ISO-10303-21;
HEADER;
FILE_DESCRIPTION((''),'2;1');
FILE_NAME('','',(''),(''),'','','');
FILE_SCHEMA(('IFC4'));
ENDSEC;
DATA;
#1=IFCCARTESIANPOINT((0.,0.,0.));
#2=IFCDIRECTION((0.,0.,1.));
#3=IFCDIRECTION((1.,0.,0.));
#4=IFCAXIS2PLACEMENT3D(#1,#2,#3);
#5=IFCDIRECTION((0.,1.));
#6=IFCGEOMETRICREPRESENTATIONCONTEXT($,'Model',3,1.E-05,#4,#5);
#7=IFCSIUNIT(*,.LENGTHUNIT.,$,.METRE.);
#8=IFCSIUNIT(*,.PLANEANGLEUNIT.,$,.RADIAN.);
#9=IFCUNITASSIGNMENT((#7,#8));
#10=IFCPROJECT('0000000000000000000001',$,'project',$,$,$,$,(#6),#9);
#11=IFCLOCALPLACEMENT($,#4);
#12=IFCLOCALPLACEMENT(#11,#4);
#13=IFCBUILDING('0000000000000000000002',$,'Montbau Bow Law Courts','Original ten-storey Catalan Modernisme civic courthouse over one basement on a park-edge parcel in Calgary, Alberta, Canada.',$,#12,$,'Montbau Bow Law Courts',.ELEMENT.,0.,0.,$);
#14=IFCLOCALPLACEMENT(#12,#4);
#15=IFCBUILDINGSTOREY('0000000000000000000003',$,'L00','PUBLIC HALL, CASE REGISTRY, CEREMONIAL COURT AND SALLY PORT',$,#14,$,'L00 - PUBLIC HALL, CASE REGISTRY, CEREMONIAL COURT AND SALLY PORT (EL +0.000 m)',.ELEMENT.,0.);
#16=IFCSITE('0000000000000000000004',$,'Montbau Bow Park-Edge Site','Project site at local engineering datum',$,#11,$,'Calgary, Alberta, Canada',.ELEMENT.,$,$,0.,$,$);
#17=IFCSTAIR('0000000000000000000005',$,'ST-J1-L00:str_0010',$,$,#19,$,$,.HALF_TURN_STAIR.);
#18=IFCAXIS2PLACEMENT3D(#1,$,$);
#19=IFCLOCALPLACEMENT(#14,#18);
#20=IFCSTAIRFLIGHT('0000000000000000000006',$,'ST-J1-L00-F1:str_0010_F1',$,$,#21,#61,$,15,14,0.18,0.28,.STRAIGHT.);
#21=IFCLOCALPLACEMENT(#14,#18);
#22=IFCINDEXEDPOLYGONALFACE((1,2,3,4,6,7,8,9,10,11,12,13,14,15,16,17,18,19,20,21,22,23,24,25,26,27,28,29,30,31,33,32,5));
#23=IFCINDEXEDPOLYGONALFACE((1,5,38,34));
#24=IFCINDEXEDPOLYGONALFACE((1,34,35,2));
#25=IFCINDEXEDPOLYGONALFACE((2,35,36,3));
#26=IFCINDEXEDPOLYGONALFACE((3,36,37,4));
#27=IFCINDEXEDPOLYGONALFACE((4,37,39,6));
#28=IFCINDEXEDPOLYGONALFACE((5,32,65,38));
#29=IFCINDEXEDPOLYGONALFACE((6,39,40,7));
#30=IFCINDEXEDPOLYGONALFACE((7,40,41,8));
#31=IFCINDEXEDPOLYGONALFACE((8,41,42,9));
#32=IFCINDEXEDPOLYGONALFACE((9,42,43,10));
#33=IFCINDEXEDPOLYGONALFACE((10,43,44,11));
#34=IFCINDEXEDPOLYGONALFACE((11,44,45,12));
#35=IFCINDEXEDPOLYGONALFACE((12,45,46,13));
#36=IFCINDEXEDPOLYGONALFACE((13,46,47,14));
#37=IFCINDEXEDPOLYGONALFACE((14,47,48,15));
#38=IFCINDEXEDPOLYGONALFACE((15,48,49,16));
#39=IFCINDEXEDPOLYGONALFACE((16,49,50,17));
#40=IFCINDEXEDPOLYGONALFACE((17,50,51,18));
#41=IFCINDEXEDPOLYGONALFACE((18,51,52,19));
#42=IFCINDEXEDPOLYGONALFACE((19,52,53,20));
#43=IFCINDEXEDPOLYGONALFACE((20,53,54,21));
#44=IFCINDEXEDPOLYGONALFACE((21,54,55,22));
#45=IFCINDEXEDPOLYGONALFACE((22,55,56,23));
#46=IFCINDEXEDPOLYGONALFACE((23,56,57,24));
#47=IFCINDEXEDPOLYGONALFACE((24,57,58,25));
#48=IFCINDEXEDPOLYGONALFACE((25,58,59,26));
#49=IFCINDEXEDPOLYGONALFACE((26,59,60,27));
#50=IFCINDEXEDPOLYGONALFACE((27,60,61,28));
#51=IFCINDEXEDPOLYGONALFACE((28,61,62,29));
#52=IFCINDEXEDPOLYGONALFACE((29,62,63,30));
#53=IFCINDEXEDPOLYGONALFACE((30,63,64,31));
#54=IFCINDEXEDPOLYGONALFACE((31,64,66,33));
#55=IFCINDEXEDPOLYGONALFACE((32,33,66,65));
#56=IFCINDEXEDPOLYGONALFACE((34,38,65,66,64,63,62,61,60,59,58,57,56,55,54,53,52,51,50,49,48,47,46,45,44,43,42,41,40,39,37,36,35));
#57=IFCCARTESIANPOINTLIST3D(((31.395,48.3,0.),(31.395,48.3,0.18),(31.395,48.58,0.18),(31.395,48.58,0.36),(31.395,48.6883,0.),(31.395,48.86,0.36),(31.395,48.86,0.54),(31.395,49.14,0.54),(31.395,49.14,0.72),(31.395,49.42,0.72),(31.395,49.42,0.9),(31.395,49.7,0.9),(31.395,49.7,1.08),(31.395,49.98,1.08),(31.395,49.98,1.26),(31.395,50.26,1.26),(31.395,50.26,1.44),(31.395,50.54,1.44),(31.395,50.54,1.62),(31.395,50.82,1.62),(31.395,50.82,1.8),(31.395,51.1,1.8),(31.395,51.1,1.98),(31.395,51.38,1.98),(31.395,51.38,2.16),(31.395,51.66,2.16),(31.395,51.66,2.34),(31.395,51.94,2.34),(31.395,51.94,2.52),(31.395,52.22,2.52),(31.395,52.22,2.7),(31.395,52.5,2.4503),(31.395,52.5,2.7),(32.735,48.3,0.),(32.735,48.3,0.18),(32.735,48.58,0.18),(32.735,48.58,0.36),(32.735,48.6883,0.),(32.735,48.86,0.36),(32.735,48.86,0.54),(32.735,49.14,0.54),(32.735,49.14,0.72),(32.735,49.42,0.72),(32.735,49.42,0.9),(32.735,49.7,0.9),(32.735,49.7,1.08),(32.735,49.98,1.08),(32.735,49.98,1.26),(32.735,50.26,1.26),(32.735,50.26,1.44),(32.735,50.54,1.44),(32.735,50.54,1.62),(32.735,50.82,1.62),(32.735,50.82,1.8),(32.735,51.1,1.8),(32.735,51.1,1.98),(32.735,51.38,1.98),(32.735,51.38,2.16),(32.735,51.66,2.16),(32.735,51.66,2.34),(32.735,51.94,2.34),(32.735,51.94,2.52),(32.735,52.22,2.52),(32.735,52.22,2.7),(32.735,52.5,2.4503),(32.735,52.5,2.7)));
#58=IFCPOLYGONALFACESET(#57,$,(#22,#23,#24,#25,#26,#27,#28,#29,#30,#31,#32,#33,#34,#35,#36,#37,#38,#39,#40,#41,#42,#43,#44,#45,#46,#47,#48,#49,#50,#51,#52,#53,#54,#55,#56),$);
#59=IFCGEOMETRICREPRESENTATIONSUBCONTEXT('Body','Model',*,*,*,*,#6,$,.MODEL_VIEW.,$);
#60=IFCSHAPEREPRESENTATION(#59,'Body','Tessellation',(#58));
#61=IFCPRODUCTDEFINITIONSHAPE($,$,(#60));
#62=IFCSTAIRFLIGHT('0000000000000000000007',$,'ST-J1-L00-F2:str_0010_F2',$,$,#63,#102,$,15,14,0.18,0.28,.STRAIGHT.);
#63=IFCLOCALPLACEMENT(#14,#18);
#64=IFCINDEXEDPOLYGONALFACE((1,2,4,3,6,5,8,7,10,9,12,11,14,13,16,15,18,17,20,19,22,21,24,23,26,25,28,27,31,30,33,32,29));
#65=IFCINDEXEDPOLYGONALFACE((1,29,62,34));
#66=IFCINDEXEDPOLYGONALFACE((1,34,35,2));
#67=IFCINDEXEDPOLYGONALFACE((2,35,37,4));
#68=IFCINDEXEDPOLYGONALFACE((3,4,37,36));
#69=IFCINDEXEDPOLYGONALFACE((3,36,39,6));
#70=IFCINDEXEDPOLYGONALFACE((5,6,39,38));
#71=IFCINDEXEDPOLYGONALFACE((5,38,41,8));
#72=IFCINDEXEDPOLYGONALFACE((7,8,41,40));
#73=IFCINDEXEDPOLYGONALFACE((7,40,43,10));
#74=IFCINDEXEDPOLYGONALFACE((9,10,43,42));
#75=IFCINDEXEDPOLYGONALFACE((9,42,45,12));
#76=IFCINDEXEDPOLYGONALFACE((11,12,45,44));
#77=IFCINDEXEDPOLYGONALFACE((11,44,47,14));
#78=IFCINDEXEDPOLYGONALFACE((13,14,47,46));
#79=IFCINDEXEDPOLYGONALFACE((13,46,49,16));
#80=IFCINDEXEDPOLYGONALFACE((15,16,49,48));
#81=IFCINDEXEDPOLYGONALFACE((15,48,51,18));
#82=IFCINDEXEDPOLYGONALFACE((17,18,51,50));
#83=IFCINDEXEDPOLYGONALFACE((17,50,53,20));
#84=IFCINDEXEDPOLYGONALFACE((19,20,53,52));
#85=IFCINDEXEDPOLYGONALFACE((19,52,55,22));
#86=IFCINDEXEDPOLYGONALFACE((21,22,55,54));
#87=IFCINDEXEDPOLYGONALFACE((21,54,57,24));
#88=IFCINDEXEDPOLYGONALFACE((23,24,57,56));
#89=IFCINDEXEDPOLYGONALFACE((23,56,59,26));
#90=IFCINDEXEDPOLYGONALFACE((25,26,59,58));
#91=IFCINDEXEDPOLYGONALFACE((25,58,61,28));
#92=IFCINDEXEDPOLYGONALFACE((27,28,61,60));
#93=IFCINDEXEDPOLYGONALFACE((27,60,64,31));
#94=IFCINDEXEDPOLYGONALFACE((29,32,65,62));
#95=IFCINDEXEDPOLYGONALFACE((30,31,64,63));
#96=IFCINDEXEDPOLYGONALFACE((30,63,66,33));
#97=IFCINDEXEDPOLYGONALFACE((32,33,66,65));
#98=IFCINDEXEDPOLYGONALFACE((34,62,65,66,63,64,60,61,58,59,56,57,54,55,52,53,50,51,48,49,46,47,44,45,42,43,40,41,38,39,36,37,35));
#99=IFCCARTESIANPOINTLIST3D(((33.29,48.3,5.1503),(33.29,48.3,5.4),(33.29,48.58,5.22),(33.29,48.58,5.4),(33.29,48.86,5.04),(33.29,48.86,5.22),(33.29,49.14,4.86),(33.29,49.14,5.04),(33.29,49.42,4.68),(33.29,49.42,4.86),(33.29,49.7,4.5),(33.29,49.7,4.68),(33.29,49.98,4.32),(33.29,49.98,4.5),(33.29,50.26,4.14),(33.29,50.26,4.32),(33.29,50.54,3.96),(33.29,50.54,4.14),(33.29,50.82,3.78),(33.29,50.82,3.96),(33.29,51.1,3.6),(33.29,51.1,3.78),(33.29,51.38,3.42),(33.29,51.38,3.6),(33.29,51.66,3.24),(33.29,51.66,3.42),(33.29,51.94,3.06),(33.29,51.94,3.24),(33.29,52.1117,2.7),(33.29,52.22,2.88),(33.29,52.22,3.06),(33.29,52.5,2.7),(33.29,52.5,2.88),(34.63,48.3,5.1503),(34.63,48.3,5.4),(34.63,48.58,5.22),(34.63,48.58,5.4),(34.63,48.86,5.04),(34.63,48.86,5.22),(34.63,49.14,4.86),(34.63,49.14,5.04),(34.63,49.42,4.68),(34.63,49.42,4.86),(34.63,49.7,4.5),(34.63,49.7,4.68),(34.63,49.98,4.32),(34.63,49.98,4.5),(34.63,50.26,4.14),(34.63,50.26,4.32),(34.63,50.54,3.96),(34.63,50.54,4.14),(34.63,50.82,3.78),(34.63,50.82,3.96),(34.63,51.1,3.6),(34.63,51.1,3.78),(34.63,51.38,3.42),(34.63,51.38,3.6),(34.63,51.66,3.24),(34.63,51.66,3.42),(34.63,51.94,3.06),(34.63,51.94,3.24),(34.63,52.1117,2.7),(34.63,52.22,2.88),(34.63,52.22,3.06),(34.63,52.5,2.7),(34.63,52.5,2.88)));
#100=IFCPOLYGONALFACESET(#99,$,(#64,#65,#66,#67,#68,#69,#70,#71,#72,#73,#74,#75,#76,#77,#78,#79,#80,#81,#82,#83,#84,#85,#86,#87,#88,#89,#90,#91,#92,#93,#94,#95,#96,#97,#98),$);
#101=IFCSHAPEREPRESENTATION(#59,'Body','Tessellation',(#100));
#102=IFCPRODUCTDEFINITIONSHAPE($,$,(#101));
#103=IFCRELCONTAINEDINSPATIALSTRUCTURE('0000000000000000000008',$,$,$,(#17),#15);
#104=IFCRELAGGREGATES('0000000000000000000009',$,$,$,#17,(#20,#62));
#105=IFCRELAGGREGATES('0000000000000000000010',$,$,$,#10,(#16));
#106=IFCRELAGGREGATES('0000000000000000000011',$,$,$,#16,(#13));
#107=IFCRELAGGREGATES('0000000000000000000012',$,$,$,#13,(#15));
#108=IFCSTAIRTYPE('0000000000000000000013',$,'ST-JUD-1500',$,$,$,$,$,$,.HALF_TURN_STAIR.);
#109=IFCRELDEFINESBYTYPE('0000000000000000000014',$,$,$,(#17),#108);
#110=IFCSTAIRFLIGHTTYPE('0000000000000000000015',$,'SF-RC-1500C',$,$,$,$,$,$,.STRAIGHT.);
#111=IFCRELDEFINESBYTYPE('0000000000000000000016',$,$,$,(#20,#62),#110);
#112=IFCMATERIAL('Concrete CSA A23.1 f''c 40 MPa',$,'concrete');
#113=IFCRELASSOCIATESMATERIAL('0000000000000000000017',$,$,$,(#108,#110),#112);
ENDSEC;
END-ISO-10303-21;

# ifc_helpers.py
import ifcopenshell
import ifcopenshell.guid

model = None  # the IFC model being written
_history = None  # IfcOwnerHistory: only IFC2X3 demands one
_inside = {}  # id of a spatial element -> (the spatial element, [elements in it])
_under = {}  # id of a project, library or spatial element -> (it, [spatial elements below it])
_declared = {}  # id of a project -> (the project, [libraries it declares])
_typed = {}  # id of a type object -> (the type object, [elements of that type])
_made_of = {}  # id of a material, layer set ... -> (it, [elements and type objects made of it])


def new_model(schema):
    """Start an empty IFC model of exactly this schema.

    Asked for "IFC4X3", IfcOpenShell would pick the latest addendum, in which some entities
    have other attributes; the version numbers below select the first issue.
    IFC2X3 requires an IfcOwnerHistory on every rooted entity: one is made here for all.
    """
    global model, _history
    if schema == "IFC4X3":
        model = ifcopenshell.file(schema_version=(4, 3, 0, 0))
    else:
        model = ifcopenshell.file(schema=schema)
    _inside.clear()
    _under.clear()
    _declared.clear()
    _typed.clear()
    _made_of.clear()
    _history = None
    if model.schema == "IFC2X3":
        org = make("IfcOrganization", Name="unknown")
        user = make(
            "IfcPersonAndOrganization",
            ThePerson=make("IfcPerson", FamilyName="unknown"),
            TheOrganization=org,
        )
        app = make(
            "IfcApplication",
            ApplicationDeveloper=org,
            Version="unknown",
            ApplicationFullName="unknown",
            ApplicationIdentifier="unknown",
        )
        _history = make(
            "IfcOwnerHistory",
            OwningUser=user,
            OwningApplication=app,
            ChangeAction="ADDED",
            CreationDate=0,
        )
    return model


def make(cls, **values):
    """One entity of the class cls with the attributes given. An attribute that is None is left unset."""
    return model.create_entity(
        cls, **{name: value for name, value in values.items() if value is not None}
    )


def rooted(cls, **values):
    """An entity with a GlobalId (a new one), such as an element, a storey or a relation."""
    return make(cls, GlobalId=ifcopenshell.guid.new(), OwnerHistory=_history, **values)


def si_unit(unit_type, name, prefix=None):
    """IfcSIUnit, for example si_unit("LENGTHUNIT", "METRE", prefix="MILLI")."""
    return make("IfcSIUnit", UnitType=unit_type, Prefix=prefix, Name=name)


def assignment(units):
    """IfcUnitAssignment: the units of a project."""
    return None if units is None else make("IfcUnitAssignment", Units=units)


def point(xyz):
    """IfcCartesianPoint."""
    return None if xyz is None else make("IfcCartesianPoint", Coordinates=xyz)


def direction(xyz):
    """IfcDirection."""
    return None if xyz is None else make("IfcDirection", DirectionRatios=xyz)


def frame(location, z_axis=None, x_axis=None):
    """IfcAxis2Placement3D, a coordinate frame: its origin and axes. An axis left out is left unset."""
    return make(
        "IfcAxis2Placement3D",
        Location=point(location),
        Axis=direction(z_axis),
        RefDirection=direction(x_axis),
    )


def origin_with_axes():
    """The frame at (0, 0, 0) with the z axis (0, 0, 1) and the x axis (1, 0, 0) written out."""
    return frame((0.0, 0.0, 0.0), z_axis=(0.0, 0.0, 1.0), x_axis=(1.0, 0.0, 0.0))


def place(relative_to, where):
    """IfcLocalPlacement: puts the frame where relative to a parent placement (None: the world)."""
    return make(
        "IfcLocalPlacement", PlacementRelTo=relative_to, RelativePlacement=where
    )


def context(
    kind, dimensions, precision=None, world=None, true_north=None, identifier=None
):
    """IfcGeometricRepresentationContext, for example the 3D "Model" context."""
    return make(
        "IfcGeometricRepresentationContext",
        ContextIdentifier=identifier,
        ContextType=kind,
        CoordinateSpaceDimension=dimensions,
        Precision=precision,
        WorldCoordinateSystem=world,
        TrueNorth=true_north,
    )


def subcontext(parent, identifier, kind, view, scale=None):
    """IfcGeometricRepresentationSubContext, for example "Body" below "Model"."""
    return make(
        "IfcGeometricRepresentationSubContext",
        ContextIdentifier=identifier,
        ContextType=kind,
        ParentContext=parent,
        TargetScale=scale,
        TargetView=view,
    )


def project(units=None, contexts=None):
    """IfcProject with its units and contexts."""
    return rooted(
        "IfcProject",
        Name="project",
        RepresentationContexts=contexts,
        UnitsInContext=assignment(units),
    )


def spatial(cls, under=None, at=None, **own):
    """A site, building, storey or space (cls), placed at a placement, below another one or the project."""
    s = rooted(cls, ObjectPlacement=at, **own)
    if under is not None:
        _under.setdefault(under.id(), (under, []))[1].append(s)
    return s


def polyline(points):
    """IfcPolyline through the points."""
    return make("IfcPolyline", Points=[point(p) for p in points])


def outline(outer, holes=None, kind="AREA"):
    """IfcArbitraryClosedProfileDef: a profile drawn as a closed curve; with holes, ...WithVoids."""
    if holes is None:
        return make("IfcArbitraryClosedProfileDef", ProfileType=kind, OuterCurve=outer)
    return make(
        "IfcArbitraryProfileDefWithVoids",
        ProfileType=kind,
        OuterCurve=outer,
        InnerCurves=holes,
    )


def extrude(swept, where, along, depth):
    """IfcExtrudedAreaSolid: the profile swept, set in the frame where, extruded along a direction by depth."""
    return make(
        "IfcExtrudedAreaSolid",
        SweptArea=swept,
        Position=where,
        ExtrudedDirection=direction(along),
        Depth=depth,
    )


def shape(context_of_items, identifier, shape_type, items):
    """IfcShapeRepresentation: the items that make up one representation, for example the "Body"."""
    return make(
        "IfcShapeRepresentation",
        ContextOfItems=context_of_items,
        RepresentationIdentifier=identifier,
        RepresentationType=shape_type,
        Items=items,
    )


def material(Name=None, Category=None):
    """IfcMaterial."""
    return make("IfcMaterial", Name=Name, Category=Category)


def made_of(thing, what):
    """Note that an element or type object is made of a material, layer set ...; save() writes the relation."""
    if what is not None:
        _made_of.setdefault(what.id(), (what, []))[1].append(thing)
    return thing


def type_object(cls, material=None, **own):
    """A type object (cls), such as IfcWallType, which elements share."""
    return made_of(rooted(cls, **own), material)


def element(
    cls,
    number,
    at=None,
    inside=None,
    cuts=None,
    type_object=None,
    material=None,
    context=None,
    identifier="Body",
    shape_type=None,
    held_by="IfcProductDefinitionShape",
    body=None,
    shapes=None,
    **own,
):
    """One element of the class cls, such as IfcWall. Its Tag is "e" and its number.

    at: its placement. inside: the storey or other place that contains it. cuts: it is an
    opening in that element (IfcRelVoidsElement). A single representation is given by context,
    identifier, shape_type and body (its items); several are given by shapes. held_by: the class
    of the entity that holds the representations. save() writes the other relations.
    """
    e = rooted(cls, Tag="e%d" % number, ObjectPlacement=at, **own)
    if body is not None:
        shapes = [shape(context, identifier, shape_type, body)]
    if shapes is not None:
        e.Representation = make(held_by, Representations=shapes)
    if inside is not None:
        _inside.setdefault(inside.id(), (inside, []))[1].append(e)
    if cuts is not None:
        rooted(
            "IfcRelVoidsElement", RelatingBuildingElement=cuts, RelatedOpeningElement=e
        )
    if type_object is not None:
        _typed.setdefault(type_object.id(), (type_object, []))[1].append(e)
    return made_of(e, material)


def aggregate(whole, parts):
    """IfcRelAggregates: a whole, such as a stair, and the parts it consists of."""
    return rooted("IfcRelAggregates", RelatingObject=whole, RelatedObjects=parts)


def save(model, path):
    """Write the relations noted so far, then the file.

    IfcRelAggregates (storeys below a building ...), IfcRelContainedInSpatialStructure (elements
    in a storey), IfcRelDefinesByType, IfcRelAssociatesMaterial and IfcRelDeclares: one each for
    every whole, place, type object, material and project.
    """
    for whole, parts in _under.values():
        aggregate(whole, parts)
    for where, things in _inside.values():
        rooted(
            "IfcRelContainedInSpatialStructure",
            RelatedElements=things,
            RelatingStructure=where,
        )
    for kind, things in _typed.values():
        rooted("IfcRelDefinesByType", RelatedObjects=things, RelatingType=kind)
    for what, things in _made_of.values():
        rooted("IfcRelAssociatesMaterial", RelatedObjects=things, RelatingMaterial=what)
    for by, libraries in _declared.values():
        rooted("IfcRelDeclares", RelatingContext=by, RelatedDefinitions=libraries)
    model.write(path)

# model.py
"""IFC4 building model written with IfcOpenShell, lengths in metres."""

from ifc_helpers import new_model, si_unit, direction, frame, origin_with_axes, place, context, subcontext, project, spatial, polyline, outline, extrude, material, type_object, element, aggregate, save


model = new_model("IFC4")

# Units and contexts
model_context = context("Model", 3, precision=1e-05, world=origin_with_axes(), true_north=direction((0.0, 1.0)))
body_context = subcontext(model_context, "Body", "Model", "MODEL_VIEW")
ifc_project = project(units=[si_unit("LENGTHUNIT", "METRE"), si_unit("PLANEANGLEUNIT", "RADIAN")], contexts=[model_context])

# Site, building, storey
site_placement = place(None, origin_with_axes())
site = spatial("IfcSite", under=ifc_project, at=site_placement, Name="Montbau Bow Park-Edge Site", Description="Project site at local engineering datum", LongName="Calgary, Alberta, Canada", CompositionType="ELEMENT", RefElevation=0.0)
building_placement = place(site_placement, origin_with_axes())
building = spatial("IfcBuilding", under=site, at=building_placement, Name="Montbau Bow Law Courts", Description="Original ten-storey Catalan Modernisme civic courthouse over one basement on a park-edge parcel in Calgary, Alberta, Canada.", LongName="Montbau Bow Law Courts", CompositionType="ELEMENT", ElevationOfRefHeight=0.0, ElevationOfTerrain=0.0)
storey_placement = place(building_placement, origin_with_axes())
storey = spatial("IfcBuildingStorey", under=building, at=storey_placement, Name="L00", Description="PUBLIC HALL, CASE REGISTRY, CEREMONIAL COURT AND SALLY PORT", LongName="L00 - PUBLIC HALL, CASE REGISTRY, CEREMONIAL COURT AND SALLY PORT (EL +0.000 m)", CompositionType="ELEMENT", Elevation=0.0)

# Stair, stair flights
ifc_material_1 = material(Name="Concrete CSA A23.1 f'c 40 MPa", Category="concrete")
stair_type = type_object("IfcStairType", Name="ST-JUD-1500", PredefinedType="HALF_TURN_STAIR", material=ifc_material_1)
stair_placement = place(None, frame((32.065, 48.3, 0.0), z_axis=(0.0, 0.0, 1.0), x_axis=(1.0, 0.0, 0.0)))
stair = element("IfcStair", 1, at=stair_placement, inside=storey, type_object=stair_type, Name="ST-J1-L00:str_0010", PredefinedType="HALF_TURN_STAIR")
stair_flight_type = type_object("IfcStairFlightType", Name="SF-RC-1500C", PredefinedType="STRAIGHT", material=ifc_material_1)
stair_flight_1_placement = place(None, frame((32.065, 48.3, 0.0), z_axis=(0.0, 0.0, 1.0), x_axis=(0.0, 1.0, 0.0)))
stair_flight_1 = element("IfcStairFlight", 2, at=stair_flight_1_placement, type_object=stair_flight_type, Name="ST-J1-L00-F1:str_0010_F1", NumberOfRisers=15, NumberOfTreads=14, PredefinedType="STRAIGHT", RiserHeight=0.18, TreadLength=0.28, context=body_context, shape_type="SweptSolid", body=[
    extrude(outline(polyline([(0.0, 0.0), (0.0, 0.18), (0.28, 0.18), (0.28, 0.36), (0.56, 0.36), (0.56, 0.54), (0.84, 0.54), (0.84, 0.72), (1.12, 0.72), (1.12, 0.9), (1.4, 0.9), (1.4, 1.08), (1.68, 1.08), (1.68, 1.26), (1.96, 1.26), (1.96, 1.44), (2.24, 1.44), (2.24, 1.62), (2.52, 1.62), (2.52, 1.8), (2.8, 1.8), (2.8, 1.98), (3.08, 1.98), (3.08, 2.16), (3.36, 2.16), (3.36, 2.34), (3.64, 2.34), (3.64, 2.52), (3.92, 2.52), (3.92, 2.7), (4.2, 2.7), (4.2, 2.4503), (0.3883, 0.0), (0.0, 0.0)])), frame((0.0, 0.67, 0.0), z_axis=(0.0, -1.0, 0.0), x_axis=(1.0, 0.0, 0.0)), (0.0, 0.0, 1.0), 1.34),
])
stair_flight_2_placement = place(None, frame((33.96, 52.5, 2.7), z_axis=(0.0, 0.0, 1.0), x_axis=(0.0, -1.0, 0.0)))
stair_flight_2 = element("IfcStairFlight", 3, at=stair_flight_2_placement, type_object=stair_flight_type, Name="ST-J1-L00-F2:str_0010_F2", NumberOfRisers=15, NumberOfTreads=14, PredefinedType="STRAIGHT", RiserHeight=0.18, TreadLength=0.28, context=body_context, shape_type="SweptSolid", body=[
    extrude(outline(polyline([(0.0, 0.0), (0.0, 0.18), (0.28, 0.18), (0.28, 0.36), (0.56, 0.36), (0.56, 0.54), (0.84, 0.54), (0.84, 0.72), (1.12, 0.72), (1.12, 0.9), (1.4, 0.9), (1.4, 1.08), (1.68, 1.08), (1.68, 1.26), (1.96, 1.26), (1.96, 1.44), (2.24, 1.44), (2.24, 1.62), (2.52, 1.62), (2.52, 1.8), (2.8, 1.8), (2.8, 1.98), (3.08, 1.98), (3.08, 2.16), (3.36, 2.16), (3.36, 2.34), (3.64, 2.34), (3.64, 2.52), (3.92, 2.52), (3.92, 2.7), (4.2, 2.7), (4.2, 2.4503), (0.3883, 0.0), (0.0, 0.0)])), frame((0.0, 0.67, 0.0), z_axis=(0.0, -1.0, 0.0), x_axis=(1.0, 0.0, 0.0)), (0.0, 0.0, 1.0), 1.34),
])
aggregate(stair, [stair_flight_1, stair_flight_2])

save(model, "model.ifc")
